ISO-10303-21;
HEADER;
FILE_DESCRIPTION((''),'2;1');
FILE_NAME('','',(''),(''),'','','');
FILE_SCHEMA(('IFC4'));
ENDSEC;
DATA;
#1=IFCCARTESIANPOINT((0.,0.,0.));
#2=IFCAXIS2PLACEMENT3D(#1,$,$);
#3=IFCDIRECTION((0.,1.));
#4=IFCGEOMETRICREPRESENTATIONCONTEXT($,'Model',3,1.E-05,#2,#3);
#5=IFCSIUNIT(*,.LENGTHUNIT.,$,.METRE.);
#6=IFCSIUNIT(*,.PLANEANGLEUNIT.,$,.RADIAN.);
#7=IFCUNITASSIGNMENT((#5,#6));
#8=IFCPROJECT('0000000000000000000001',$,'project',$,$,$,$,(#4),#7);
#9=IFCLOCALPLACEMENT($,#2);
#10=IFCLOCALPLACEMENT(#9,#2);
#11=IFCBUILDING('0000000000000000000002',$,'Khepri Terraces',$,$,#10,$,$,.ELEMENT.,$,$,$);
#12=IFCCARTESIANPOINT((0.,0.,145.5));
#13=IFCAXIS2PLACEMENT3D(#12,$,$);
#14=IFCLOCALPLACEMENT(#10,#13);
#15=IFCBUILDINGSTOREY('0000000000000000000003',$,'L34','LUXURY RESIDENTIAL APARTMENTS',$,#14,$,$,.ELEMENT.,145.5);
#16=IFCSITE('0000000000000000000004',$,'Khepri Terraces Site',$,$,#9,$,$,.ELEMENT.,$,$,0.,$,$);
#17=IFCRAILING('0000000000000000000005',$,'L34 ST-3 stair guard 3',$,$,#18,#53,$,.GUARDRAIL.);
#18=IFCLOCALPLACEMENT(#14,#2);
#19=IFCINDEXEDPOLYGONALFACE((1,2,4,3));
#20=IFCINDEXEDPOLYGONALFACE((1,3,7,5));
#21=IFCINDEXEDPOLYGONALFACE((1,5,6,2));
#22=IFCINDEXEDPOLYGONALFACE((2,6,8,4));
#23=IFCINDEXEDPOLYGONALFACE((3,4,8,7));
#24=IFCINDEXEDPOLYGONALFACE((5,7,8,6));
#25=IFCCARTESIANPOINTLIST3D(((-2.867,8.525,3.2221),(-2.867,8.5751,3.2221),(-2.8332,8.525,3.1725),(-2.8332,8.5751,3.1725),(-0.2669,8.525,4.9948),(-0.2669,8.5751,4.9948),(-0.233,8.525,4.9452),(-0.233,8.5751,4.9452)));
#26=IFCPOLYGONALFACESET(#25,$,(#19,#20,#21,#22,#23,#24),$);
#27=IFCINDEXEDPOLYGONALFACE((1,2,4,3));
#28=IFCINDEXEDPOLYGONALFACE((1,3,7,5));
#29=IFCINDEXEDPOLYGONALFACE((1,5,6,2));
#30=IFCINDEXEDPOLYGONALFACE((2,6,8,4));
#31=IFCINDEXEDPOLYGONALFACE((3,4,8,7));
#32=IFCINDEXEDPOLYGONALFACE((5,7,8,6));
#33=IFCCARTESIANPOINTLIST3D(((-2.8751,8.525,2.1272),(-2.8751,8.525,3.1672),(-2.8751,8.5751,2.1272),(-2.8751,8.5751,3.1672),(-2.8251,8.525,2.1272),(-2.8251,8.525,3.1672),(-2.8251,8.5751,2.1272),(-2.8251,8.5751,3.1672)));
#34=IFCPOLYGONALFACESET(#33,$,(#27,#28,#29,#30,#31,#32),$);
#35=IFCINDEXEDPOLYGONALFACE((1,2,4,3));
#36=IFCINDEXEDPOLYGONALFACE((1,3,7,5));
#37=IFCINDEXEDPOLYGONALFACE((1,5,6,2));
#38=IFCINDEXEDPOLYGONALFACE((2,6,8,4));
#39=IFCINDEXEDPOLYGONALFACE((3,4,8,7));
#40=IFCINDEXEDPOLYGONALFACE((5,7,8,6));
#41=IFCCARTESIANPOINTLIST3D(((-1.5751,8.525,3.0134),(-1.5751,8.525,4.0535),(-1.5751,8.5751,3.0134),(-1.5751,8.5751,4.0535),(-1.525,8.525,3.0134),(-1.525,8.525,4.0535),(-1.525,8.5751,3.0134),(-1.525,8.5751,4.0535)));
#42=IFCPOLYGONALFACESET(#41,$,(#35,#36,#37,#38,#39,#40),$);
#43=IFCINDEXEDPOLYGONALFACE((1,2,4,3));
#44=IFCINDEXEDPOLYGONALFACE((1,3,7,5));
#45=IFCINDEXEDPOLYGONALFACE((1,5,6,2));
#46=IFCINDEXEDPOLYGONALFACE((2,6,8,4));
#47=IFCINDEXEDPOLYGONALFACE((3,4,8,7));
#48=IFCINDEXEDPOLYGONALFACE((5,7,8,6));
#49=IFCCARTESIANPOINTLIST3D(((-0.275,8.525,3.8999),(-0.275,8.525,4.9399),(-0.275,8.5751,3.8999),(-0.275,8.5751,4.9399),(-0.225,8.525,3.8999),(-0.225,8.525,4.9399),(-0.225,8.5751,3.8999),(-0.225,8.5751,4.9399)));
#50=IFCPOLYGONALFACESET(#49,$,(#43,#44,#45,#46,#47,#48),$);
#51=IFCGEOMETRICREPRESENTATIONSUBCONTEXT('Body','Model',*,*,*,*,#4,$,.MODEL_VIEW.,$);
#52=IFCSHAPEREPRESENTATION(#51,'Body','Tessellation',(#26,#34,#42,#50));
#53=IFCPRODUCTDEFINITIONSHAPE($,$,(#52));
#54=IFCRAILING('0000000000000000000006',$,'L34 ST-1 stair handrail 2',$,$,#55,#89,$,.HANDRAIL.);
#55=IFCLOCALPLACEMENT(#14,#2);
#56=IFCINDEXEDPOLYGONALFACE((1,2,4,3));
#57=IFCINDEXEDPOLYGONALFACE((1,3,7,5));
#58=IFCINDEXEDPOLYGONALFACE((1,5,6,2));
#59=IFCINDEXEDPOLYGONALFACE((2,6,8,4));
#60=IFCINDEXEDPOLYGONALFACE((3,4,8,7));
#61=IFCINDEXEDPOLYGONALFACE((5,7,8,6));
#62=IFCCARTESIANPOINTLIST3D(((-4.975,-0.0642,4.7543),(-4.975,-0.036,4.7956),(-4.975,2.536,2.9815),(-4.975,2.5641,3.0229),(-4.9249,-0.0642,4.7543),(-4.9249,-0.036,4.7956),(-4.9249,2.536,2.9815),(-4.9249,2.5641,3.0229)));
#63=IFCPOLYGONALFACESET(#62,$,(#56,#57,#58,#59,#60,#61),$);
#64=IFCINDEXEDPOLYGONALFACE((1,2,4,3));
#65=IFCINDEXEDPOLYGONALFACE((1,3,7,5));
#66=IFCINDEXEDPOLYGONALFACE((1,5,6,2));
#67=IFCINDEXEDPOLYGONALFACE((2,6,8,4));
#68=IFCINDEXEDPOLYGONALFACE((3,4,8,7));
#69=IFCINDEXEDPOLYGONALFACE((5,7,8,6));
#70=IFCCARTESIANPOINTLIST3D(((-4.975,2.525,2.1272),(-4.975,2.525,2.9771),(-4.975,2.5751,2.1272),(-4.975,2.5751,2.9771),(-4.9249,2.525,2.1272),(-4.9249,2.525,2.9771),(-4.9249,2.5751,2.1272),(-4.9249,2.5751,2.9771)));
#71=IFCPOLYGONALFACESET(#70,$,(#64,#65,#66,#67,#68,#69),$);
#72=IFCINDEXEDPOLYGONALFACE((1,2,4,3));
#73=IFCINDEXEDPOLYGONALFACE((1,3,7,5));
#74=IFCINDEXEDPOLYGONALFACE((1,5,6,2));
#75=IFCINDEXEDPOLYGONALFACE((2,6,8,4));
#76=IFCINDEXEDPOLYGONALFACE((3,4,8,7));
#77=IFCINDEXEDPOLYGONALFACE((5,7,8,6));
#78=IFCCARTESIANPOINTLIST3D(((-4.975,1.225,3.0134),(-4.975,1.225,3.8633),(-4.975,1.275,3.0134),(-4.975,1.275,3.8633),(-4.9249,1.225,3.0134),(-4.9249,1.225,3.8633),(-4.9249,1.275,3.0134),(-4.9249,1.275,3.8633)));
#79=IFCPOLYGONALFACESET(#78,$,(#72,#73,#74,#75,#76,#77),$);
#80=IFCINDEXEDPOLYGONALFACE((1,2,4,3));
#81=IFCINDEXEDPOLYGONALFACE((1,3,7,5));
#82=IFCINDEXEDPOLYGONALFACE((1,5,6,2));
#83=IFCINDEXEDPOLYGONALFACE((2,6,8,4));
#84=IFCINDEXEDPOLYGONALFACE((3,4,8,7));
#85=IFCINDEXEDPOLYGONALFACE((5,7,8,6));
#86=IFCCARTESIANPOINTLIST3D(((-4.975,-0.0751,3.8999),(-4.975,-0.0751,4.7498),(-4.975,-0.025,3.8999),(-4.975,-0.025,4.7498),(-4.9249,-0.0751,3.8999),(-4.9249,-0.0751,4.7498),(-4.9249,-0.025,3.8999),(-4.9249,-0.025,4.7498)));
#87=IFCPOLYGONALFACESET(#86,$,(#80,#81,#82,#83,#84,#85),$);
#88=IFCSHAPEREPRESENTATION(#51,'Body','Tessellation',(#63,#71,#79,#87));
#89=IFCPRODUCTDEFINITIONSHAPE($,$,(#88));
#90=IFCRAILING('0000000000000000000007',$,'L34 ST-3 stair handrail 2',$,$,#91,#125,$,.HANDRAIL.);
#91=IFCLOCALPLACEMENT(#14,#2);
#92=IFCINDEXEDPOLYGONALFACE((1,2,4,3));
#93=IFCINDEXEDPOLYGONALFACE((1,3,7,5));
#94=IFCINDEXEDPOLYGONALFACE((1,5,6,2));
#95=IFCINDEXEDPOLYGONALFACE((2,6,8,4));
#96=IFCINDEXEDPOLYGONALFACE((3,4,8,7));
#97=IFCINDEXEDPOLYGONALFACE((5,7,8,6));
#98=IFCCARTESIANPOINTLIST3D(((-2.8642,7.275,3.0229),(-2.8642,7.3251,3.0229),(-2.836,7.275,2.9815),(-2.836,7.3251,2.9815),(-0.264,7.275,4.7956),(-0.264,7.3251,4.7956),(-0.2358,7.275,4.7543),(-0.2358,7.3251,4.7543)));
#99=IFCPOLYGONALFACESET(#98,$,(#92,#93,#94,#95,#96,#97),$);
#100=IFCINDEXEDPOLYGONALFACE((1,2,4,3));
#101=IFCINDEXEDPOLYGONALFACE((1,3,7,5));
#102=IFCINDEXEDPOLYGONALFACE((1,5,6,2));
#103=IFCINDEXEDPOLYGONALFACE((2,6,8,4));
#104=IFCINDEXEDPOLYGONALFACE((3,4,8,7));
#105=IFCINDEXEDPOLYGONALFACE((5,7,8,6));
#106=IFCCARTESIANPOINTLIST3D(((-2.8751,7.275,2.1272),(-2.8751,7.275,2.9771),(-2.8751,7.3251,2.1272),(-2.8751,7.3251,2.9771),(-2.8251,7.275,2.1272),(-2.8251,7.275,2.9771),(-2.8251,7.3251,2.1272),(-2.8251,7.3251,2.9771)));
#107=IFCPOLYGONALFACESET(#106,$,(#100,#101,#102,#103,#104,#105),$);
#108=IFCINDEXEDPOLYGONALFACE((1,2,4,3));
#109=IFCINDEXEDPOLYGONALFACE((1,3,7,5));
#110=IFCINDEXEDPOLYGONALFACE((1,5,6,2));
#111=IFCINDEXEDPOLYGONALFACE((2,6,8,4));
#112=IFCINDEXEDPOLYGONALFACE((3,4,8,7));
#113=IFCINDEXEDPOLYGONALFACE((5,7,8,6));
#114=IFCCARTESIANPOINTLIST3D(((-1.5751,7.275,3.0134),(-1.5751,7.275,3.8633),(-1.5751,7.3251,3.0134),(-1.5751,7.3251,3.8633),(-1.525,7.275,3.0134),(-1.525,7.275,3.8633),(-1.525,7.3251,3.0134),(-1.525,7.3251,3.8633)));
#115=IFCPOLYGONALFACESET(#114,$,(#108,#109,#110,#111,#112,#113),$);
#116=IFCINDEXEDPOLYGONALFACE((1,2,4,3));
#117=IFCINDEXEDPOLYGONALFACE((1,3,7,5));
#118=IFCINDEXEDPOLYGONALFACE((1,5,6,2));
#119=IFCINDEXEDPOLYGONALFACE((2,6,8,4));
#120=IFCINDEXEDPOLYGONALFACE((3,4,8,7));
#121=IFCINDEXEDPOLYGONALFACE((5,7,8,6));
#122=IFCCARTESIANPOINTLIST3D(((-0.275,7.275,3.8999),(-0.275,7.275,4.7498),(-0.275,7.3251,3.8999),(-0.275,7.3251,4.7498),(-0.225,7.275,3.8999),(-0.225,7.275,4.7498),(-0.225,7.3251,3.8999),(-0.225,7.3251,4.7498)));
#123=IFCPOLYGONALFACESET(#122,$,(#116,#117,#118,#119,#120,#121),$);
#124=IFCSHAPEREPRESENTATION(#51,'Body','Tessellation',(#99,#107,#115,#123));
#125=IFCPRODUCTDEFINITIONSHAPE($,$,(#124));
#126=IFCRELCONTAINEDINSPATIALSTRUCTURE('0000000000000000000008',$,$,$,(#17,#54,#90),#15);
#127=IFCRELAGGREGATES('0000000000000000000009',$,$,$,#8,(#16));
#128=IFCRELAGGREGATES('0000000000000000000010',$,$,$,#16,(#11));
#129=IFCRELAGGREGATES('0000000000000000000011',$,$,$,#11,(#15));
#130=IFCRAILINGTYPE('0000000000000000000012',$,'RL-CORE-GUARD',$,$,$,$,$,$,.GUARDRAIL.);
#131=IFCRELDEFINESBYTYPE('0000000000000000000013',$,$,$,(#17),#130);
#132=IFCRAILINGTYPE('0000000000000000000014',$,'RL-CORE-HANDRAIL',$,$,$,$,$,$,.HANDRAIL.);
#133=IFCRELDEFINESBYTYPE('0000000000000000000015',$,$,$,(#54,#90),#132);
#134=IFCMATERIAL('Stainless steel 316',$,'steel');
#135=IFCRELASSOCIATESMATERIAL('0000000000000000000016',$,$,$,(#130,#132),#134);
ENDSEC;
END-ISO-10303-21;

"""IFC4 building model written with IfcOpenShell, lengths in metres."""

from ifc_helpers import new_model, si_unit, direction, frame, origin, origin_2d, place, context, subcontext, project, spatial, rectangle, extrude, material, type_object, element, save


model = new_model("IFC4")

# Units and contexts
model_context = context("Model", 3, precision=1e-05, world=origin(), true_north=direction((0.0, 1.0)))
body_context = subcontext(model_context, "Body", "Model", "MODEL_VIEW")
ifc_project = project(units=[si_unit("LENGTHUNIT", "METRE"), si_unit("PLANEANGLEUNIT", "RADIAN")], contexts=[model_context])

# Site, building, storey
site_placement = place(None, origin())
site = spatial("IfcSite", under=ifc_project, at=site_placement, Name="Khepri Terraces Site", CompositionType="ELEMENT", RefElevation=0.0)
building_placement = place(site_placement, origin())
building = spatial("IfcBuilding", under=site, at=building_placement, Name="Khepri Terraces", CompositionType="ELEMENT")
storey_placement = place(building_placement, frame((0.0, 0.0, 145.5)))
storey = spatial("IfcBuildingStorey", under=building, at=storey_placement, Name="L34", Description="LUXURY RESIDENTIAL APARTMENTS", CompositionType="ELEMENT", Elevation=145.5)

# Railings
ifc_material_1 = material(Name="Stainless steel 316", Category="steel")
railing_type_1 = type_object("IfcRailingType", Name="RL-CORE-GUARD", PredefinedType="GUARDRAIL", material=ifc_material_1)
railing_1_placement = place(storey_placement, frame((-2.8501, 8.55, 2.1272)))
element("IfcRailing", 1, at=railing_1_placement, inside=storey, type_object=railing_type_1, Name="L34 ST-3 stair guard 3", PredefinedType="GUARDRAIL", context=body_context, shape_type="SweptSolid", body=[
    extrude(rectangle(XDim=0.05, YDim=0.0601, at=origin_2d()), frame((0.0, 0.0, 1.0701), z_axis=(0.82624, 0.0, 0.563318), x_axis=(0.0, 1.0, 0.0)), (0.0, 0.0, 1.0), 3.147),
    extrude(rectangle(XDim=0.05, YDim=0.05, at=origin_2d()), origin(), (0.0, 0.0, 1.0), 1.04),
    extrude(rectangle(XDim=0.05, YDim=0.05, at=origin_2d()), frame((1.3, 0.0, 0.8862)), (0.0, 0.0, 1.0), 1.04),
    extrude(rectangle(XDim=0.05, YDim=0.05, at=origin_2d()), frame((2.6001, 0.0, 1.7727)), (0.0, 0.0, 1.0), 1.04),
])
railing_type_2 = type_object("IfcRailingType", Name="RL-CORE-HANDRAIL", PredefinedType="HANDRAIL", material=ifc_material_1)
railing_2_placement = place(storey_placement, frame((-4.95, 2.55, 2.1272)))
element("IfcRailing", 2, at=railing_2_placement, inside=storey, type_object=railing_type_2, Name="L34 ST-1 stair handrail 2", PredefinedType="HANDRAIL", context=body_context, shape_type="SweptSolid", body=[
    extrude(rectangle(XDim=0.05, YDim=0.05, at=origin_2d()), frame((0.0, 0.0, 0.875), z_axis=(0.0, -0.82624, 0.563318), x_axis=(1.0, 0.0, 0.0)), (0.0, 0.0, 1.0), 3.147),
    extrude(rectangle(XDim=0.05, YDim=0.05, at=origin_2d()), origin(), (0.0, 0.0, 1.0), 0.8499),
    extrude(rectangle(XDim=0.05, YDim=0.05, at=origin_2d()), frame((0.0, -1.3, 0.8862)), (0.0, 0.0, 1.0), 0.8499),
    extrude(rectangle(XDim=0.05, YDim=0.05, at=origin_2d()), frame((0.0, -2.6001, 1.7727)), (0.0, 0.0, 1.0), 0.8499),
])
railing_3_placement = place(storey_placement, frame((-2.8501, 7.3, 2.1272)))
element("IfcRailing", 3, at=railing_3_placement, inside=storey, type_object=railing_type_2, Name="L34 ST-3 stair handrail 2", PredefinedType="HANDRAIL", context=body_context, shape_type="SweptSolid", body=[
    extrude(rectangle(XDim=0.05, YDim=0.05, at=origin_2d()), frame((0.0, 0.0, 0.875), z_axis=(0.82624, 0.0, 0.563318), x_axis=(0.0, 1.0, 0.0)), (0.0, 0.0, 1.0), 3.147),
    extrude(rectangle(XDim=0.05, YDim=0.05, at=origin_2d()), origin(), (0.0, 0.0, 1.0), 0.8499),
    extrude(rectangle(XDim=0.05, YDim=0.05, at=origin_2d()), frame((1.3, 0.0, 0.8862)), (0.0, 0.0, 1.0), 0.8499),
    extrude(rectangle(XDim=0.05, YDim=0.05, at=origin_2d()), frame((2.6001, 0.0, 1.7727)), (0.0, 0.0, 1.0), 0.8499),
])

save(model, "model.ifc")
